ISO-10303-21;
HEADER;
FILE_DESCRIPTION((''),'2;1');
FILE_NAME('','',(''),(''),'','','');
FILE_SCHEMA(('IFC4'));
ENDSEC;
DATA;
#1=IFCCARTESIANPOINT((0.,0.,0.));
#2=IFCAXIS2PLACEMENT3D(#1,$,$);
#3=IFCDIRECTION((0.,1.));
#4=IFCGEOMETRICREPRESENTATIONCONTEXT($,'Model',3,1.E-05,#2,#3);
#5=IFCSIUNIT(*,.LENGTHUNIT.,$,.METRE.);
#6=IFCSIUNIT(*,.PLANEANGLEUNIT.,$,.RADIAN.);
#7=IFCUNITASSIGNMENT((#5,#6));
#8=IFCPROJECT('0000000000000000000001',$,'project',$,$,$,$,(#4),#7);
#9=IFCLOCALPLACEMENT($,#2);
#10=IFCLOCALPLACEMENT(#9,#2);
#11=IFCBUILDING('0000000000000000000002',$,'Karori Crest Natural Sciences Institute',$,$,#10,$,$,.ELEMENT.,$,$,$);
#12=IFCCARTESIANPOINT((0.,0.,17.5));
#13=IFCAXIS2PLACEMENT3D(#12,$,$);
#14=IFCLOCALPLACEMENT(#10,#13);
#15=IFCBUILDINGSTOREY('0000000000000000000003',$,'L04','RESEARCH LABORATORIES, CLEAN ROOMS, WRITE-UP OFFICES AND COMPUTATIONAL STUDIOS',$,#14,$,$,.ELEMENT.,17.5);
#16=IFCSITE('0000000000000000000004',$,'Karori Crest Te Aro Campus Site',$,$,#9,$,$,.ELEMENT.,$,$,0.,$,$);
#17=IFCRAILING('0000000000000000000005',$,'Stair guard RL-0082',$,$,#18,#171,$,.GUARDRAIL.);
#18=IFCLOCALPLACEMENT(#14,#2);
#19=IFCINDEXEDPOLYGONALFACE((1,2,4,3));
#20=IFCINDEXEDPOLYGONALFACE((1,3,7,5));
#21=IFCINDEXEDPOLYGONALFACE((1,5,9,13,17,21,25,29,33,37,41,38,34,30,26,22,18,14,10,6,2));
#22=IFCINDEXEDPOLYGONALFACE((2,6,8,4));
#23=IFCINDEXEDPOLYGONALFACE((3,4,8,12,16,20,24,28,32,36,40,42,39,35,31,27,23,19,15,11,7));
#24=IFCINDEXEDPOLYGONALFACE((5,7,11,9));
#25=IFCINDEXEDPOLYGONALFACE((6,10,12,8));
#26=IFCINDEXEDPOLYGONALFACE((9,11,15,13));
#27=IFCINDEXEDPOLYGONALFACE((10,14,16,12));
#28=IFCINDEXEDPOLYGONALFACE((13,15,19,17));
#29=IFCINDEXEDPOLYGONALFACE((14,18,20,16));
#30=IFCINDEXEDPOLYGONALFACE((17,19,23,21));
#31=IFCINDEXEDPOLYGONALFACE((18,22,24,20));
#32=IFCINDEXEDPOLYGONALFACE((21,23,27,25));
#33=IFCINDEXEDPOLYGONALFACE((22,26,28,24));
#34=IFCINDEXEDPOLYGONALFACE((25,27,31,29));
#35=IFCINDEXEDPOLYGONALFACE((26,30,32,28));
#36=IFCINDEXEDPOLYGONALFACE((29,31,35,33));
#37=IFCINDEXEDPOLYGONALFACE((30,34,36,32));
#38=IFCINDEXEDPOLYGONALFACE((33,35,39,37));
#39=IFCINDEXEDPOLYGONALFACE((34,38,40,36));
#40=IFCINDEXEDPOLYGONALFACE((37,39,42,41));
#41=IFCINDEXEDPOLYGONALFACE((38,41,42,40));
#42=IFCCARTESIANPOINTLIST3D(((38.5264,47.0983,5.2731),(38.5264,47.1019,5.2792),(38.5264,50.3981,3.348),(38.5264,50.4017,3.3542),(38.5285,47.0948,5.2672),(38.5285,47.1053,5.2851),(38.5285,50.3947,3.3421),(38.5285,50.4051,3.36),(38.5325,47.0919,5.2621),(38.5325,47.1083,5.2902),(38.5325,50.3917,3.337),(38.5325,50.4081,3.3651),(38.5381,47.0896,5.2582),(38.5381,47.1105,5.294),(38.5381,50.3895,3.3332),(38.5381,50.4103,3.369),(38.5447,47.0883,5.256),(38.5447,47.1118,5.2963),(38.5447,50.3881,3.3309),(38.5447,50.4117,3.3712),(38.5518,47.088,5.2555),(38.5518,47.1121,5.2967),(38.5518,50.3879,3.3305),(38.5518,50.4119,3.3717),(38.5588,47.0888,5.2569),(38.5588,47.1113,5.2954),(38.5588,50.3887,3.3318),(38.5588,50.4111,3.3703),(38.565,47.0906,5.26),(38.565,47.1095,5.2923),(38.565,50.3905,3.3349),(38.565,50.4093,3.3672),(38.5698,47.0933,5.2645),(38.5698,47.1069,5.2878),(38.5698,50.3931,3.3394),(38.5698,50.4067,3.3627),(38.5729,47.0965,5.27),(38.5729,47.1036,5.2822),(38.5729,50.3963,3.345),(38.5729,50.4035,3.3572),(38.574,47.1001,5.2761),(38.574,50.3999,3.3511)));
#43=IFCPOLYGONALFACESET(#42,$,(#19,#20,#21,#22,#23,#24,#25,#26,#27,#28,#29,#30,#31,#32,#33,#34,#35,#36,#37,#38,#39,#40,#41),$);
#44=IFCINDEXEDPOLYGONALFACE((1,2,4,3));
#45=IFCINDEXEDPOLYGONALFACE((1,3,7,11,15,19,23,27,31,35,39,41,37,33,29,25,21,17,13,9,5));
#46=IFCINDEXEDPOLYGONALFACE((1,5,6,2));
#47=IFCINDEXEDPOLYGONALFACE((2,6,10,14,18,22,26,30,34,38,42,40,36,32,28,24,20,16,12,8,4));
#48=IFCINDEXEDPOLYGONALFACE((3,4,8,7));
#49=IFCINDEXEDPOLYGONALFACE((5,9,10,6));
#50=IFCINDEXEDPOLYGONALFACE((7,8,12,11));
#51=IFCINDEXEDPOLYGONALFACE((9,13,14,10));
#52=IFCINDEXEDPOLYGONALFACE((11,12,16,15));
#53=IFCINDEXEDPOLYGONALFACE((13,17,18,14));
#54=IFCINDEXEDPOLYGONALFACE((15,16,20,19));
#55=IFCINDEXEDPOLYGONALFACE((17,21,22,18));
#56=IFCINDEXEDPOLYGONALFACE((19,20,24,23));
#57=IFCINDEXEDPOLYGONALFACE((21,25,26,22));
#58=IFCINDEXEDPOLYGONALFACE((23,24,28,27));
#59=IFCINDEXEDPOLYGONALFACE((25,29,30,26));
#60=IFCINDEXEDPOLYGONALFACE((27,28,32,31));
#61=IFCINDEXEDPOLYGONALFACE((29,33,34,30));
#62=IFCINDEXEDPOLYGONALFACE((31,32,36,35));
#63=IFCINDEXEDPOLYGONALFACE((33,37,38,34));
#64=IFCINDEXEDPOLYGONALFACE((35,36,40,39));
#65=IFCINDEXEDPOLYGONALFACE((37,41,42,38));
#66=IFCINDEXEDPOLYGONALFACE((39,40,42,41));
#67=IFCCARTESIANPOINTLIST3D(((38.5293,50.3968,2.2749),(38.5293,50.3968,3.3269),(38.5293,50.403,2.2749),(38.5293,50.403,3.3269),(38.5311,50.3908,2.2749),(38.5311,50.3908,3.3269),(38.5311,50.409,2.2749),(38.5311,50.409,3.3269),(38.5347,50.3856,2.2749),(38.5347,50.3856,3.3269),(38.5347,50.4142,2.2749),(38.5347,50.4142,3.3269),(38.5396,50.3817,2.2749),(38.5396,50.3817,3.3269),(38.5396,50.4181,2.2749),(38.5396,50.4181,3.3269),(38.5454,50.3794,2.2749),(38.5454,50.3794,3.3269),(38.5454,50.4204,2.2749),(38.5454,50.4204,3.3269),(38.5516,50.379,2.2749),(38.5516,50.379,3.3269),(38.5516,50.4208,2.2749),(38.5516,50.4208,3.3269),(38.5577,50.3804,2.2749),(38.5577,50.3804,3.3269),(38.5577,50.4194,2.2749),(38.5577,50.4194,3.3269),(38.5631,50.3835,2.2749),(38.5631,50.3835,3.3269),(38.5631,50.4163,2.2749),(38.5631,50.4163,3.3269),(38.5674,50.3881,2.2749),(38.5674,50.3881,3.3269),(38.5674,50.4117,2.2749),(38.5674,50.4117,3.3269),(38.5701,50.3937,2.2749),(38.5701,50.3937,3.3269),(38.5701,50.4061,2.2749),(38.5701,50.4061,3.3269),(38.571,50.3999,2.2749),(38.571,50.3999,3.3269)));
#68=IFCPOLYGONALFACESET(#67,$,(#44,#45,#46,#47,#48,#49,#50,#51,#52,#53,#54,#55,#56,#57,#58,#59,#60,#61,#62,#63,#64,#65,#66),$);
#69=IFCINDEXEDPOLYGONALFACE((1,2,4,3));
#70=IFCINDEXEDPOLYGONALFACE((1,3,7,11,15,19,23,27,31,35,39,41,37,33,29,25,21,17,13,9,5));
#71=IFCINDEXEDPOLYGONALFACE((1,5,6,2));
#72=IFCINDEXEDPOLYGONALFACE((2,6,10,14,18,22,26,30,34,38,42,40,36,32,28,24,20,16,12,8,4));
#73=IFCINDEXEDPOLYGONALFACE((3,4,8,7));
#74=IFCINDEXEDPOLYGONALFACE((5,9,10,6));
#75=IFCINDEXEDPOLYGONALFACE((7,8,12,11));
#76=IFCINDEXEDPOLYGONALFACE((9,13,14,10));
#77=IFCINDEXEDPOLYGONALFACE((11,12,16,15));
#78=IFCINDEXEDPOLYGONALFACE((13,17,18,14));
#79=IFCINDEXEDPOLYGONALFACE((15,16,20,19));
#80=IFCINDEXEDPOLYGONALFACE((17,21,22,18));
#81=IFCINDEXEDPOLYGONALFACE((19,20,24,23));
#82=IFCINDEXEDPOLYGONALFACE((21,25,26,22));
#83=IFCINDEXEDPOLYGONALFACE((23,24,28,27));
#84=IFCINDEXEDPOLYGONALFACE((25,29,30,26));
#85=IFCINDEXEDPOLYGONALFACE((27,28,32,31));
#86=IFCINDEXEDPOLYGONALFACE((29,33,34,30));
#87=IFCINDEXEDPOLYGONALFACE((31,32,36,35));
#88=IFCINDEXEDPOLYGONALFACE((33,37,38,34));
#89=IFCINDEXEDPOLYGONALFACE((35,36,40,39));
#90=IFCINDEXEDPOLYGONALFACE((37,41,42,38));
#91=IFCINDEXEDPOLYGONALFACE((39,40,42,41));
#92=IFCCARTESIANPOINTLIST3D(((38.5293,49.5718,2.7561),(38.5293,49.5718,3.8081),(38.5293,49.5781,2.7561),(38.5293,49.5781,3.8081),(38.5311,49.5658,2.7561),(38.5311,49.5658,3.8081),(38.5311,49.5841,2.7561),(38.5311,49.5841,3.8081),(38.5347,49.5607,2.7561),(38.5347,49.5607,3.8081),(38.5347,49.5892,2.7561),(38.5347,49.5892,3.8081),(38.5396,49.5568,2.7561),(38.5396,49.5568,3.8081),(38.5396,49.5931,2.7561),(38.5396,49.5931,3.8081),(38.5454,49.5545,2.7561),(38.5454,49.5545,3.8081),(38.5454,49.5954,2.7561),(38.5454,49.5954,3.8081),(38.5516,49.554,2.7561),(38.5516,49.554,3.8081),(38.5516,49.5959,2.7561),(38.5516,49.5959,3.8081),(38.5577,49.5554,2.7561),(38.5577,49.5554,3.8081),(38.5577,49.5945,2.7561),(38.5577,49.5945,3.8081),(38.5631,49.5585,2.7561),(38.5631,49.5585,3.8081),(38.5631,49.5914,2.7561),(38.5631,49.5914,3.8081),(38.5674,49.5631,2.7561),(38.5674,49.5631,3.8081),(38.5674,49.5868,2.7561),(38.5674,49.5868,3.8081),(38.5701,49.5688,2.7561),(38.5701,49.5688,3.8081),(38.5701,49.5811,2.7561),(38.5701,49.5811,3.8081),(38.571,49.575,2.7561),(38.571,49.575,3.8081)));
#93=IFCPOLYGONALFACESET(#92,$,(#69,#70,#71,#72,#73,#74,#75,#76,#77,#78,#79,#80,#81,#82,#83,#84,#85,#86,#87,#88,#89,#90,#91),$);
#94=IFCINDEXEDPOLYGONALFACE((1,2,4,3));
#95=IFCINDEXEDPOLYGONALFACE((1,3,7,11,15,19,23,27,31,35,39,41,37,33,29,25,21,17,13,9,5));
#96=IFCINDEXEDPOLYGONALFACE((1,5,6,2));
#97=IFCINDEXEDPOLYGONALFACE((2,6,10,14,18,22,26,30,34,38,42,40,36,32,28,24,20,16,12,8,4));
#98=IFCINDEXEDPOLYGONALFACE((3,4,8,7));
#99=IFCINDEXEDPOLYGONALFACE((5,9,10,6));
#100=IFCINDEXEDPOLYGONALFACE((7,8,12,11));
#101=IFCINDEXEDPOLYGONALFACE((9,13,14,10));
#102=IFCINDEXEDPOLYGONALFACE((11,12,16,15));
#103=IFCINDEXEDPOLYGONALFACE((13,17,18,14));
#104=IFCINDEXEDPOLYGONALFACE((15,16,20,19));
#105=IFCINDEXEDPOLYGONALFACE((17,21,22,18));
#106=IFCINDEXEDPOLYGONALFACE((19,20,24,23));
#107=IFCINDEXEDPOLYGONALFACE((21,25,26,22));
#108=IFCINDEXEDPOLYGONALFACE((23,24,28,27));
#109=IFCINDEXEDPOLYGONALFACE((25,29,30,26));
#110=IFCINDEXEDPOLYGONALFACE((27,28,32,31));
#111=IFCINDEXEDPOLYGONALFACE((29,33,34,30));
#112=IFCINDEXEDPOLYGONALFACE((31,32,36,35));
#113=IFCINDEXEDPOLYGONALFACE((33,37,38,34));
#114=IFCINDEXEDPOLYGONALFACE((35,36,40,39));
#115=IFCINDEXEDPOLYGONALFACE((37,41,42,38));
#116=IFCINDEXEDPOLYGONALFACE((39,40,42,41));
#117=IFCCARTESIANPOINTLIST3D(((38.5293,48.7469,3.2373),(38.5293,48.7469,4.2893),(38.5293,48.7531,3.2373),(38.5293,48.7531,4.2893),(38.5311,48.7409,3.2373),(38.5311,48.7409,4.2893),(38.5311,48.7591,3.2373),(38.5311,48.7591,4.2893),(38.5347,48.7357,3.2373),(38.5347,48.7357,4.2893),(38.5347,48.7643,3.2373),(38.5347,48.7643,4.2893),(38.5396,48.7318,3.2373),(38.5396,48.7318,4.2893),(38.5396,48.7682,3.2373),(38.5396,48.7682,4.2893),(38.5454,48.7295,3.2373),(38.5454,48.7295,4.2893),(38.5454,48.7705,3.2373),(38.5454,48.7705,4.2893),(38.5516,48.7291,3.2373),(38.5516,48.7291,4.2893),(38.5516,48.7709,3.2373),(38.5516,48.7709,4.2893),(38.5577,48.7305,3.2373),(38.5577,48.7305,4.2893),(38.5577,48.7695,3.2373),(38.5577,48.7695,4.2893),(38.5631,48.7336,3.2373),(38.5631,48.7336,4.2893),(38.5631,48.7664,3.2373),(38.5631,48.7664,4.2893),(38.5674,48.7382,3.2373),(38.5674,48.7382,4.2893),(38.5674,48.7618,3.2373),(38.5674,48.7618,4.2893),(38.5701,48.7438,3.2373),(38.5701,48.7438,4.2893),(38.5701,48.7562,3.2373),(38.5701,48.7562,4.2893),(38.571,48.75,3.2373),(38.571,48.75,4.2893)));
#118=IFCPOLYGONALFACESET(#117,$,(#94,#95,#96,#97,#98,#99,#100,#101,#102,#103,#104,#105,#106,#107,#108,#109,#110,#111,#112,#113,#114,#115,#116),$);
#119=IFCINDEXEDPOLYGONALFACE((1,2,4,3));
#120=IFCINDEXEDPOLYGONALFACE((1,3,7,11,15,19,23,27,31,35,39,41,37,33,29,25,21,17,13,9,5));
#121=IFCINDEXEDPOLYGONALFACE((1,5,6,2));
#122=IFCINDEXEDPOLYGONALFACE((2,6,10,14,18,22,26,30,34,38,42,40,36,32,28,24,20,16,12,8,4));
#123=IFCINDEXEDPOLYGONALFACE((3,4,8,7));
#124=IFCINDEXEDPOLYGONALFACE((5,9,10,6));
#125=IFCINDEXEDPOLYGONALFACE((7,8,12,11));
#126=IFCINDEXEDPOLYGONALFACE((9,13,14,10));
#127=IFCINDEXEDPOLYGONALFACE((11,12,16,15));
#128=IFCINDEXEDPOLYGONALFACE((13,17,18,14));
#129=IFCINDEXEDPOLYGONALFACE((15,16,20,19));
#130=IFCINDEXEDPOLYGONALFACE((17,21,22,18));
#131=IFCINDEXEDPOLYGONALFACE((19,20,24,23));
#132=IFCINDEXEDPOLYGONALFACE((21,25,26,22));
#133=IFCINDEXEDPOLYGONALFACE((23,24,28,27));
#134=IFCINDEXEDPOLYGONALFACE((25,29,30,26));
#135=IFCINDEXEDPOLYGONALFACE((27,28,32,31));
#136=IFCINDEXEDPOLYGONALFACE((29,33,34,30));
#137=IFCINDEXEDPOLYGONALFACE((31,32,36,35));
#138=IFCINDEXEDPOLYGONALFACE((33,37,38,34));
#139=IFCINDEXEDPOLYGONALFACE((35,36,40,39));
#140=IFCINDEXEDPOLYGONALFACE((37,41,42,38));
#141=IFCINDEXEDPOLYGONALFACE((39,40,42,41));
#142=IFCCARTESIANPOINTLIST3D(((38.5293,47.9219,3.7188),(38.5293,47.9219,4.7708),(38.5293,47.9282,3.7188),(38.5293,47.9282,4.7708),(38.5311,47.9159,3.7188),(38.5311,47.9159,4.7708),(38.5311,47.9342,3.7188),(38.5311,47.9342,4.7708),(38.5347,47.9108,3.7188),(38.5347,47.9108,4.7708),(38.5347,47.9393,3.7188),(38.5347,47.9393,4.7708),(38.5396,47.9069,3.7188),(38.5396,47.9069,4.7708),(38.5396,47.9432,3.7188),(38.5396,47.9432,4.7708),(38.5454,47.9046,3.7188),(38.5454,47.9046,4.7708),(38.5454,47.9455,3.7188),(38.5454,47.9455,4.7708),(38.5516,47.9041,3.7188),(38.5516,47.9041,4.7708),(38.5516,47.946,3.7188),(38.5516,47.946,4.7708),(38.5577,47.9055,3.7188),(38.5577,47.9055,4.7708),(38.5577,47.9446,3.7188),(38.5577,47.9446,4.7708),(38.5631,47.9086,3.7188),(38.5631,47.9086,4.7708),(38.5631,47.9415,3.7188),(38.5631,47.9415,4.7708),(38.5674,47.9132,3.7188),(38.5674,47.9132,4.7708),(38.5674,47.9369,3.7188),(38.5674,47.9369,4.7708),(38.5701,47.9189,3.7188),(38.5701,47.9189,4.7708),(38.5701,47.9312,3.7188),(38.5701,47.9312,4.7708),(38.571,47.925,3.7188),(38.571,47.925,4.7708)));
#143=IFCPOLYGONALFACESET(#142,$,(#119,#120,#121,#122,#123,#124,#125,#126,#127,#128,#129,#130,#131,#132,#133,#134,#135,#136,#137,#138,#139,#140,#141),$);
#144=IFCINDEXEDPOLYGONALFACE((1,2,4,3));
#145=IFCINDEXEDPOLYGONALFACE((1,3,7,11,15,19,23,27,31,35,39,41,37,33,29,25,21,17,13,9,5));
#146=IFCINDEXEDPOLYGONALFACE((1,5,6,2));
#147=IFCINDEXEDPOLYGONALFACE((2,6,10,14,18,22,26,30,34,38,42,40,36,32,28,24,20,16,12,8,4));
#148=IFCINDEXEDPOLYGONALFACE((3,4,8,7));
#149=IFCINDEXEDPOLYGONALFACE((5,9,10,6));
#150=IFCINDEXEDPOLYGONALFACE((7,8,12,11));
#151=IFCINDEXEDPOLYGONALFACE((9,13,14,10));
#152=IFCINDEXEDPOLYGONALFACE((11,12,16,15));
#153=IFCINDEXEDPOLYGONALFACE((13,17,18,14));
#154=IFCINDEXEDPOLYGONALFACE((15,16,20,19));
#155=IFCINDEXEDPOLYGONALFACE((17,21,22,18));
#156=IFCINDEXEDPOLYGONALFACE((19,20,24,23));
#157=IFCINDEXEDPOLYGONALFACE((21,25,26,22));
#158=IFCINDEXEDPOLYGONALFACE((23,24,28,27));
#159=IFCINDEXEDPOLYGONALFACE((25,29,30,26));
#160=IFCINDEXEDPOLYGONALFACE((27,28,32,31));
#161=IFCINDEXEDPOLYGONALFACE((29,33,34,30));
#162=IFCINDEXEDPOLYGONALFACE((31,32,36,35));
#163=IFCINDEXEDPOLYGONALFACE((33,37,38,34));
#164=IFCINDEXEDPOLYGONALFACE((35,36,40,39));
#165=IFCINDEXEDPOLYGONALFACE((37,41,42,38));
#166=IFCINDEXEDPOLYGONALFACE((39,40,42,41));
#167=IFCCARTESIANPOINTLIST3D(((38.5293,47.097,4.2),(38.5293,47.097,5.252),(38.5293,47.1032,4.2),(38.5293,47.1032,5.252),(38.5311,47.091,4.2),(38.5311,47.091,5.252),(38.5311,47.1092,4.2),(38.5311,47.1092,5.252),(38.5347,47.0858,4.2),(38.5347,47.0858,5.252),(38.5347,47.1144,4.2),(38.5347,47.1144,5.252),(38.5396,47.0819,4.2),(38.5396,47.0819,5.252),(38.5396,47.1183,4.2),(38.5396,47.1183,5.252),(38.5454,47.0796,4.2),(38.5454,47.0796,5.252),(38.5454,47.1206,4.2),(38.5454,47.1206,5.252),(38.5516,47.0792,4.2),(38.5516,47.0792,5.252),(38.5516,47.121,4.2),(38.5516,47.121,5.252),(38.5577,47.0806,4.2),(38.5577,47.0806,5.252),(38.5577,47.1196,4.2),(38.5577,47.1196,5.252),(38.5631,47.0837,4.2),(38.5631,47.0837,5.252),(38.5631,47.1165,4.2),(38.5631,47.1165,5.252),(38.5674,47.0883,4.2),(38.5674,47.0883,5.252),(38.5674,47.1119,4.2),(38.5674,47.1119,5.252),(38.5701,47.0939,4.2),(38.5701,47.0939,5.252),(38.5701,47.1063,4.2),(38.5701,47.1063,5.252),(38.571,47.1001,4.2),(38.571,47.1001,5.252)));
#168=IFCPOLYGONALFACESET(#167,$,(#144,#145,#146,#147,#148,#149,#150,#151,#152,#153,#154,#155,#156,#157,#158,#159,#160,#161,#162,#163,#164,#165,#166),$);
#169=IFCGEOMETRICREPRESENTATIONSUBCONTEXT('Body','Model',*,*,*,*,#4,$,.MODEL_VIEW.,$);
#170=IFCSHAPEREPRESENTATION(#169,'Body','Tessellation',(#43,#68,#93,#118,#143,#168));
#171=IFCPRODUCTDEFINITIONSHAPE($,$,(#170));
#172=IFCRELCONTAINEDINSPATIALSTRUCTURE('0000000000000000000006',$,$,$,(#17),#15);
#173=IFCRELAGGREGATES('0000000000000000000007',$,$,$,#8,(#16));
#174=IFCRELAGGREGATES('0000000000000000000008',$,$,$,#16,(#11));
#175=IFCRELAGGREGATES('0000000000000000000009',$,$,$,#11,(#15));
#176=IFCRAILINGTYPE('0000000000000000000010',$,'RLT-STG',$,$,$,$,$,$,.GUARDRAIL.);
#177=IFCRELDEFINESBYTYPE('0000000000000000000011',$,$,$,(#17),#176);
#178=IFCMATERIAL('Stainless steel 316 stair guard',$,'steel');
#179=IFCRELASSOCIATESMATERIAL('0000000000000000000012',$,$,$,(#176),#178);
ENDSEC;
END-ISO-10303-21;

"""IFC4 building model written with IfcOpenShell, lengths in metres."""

from ifc_helpers import new_model, si_unit, direction, frame, origin, origin_2d, place, context, subcontext, project, spatial, circle, extrude, material, type_object, element, save


model = new_model("IFC4")

# Units and contexts
model_context = context("Model", 3, precision=1e-05, world=origin(), true_north=direction((0.0, 1.0)))
body_context = subcontext(model_context, "Body", "Model", "MODEL_VIEW")
ifc_project = project(units=[si_unit("LENGTHUNIT", "METRE"), si_unit("PLANEANGLEUNIT", "RADIAN")], contexts=[model_context])

# Site, building, storey
site_placement = place(None, origin())
site = spatial("IfcSite", under=ifc_project, at=site_placement, Name="Karori Crest Te Aro Campus Site", CompositionType="ELEMENT", RefElevation=0.0)
building_placement = place(site_placement, origin())
building = spatial("IfcBuilding", under=site, at=building_placement, Name="Karori Crest Natural Sciences Institute", CompositionType="ELEMENT")
storey_placement = place(building_placement, frame((0.0, 0.0, 17.5)))
storey = spatial("IfcBuildingStorey", under=building, at=storey_placement, Name="L04", Description="RESEARCH LABORATORIES, CLEAN ROOMS, WRITE-UP OFFICES AND COMPUTATIONAL STUDIOS", CompositionType="ELEMENT", Elevation=17.5)

# Railing
ifc_material_1 = material(Name="Stainless steel 316 stair guard", Category="steel")
railing_type_1 = type_object("IfcRailingType", Name="RLT-STG", PredefinedType="GUARDRAIL", material=ifc_material_1)
railing_1_placement = place(storey_placement, frame((38.55, 50.3999, 2.2749)))
element("IfcRailing", 1, at=railing_1_placement, inside=storey, type_object=railing_type_1, Name="Stair guard RL-0082", PredefinedType="GUARDRAIL", context=body_context, shape_type="SweptSolid", body=[
    extrude(circle(Radius=0.0239, at=origin_2d()), frame((0.0, 0.0, 1.0762), z_axis=(0.0, -0.86376, 0.503903), x_axis=(1.0, 0.0, 0.0)), (0.0, 0.0, 1.0), 3.8203),
    extrude(circle(Radius=0.021, at=origin_2d()), origin(), (0.0, 0.0, 1.0), 1.052),
    extrude(circle(Radius=0.021, at=origin_2d()), frame((0.0, -0.825, 0.4812)), (0.0, 0.0, 1.0), 1.052),
    extrude(circle(Radius=0.021, at=origin_2d()), frame((0.0, -1.6499, 0.9624)), (0.0, 0.0, 1.0), 1.052),
    extrude(circle(Radius=0.021, at=origin_2d()), frame((0.0, -2.4749, 1.4438)), (0.0, 0.0, 1.0), 1.052),
    extrude(circle(Radius=0.021, at=origin_2d()), frame((0.0, -3.2998, 1.925)), (0.0, 0.0, 1.0), 1.052),
])

save(model, "model.ifc")
